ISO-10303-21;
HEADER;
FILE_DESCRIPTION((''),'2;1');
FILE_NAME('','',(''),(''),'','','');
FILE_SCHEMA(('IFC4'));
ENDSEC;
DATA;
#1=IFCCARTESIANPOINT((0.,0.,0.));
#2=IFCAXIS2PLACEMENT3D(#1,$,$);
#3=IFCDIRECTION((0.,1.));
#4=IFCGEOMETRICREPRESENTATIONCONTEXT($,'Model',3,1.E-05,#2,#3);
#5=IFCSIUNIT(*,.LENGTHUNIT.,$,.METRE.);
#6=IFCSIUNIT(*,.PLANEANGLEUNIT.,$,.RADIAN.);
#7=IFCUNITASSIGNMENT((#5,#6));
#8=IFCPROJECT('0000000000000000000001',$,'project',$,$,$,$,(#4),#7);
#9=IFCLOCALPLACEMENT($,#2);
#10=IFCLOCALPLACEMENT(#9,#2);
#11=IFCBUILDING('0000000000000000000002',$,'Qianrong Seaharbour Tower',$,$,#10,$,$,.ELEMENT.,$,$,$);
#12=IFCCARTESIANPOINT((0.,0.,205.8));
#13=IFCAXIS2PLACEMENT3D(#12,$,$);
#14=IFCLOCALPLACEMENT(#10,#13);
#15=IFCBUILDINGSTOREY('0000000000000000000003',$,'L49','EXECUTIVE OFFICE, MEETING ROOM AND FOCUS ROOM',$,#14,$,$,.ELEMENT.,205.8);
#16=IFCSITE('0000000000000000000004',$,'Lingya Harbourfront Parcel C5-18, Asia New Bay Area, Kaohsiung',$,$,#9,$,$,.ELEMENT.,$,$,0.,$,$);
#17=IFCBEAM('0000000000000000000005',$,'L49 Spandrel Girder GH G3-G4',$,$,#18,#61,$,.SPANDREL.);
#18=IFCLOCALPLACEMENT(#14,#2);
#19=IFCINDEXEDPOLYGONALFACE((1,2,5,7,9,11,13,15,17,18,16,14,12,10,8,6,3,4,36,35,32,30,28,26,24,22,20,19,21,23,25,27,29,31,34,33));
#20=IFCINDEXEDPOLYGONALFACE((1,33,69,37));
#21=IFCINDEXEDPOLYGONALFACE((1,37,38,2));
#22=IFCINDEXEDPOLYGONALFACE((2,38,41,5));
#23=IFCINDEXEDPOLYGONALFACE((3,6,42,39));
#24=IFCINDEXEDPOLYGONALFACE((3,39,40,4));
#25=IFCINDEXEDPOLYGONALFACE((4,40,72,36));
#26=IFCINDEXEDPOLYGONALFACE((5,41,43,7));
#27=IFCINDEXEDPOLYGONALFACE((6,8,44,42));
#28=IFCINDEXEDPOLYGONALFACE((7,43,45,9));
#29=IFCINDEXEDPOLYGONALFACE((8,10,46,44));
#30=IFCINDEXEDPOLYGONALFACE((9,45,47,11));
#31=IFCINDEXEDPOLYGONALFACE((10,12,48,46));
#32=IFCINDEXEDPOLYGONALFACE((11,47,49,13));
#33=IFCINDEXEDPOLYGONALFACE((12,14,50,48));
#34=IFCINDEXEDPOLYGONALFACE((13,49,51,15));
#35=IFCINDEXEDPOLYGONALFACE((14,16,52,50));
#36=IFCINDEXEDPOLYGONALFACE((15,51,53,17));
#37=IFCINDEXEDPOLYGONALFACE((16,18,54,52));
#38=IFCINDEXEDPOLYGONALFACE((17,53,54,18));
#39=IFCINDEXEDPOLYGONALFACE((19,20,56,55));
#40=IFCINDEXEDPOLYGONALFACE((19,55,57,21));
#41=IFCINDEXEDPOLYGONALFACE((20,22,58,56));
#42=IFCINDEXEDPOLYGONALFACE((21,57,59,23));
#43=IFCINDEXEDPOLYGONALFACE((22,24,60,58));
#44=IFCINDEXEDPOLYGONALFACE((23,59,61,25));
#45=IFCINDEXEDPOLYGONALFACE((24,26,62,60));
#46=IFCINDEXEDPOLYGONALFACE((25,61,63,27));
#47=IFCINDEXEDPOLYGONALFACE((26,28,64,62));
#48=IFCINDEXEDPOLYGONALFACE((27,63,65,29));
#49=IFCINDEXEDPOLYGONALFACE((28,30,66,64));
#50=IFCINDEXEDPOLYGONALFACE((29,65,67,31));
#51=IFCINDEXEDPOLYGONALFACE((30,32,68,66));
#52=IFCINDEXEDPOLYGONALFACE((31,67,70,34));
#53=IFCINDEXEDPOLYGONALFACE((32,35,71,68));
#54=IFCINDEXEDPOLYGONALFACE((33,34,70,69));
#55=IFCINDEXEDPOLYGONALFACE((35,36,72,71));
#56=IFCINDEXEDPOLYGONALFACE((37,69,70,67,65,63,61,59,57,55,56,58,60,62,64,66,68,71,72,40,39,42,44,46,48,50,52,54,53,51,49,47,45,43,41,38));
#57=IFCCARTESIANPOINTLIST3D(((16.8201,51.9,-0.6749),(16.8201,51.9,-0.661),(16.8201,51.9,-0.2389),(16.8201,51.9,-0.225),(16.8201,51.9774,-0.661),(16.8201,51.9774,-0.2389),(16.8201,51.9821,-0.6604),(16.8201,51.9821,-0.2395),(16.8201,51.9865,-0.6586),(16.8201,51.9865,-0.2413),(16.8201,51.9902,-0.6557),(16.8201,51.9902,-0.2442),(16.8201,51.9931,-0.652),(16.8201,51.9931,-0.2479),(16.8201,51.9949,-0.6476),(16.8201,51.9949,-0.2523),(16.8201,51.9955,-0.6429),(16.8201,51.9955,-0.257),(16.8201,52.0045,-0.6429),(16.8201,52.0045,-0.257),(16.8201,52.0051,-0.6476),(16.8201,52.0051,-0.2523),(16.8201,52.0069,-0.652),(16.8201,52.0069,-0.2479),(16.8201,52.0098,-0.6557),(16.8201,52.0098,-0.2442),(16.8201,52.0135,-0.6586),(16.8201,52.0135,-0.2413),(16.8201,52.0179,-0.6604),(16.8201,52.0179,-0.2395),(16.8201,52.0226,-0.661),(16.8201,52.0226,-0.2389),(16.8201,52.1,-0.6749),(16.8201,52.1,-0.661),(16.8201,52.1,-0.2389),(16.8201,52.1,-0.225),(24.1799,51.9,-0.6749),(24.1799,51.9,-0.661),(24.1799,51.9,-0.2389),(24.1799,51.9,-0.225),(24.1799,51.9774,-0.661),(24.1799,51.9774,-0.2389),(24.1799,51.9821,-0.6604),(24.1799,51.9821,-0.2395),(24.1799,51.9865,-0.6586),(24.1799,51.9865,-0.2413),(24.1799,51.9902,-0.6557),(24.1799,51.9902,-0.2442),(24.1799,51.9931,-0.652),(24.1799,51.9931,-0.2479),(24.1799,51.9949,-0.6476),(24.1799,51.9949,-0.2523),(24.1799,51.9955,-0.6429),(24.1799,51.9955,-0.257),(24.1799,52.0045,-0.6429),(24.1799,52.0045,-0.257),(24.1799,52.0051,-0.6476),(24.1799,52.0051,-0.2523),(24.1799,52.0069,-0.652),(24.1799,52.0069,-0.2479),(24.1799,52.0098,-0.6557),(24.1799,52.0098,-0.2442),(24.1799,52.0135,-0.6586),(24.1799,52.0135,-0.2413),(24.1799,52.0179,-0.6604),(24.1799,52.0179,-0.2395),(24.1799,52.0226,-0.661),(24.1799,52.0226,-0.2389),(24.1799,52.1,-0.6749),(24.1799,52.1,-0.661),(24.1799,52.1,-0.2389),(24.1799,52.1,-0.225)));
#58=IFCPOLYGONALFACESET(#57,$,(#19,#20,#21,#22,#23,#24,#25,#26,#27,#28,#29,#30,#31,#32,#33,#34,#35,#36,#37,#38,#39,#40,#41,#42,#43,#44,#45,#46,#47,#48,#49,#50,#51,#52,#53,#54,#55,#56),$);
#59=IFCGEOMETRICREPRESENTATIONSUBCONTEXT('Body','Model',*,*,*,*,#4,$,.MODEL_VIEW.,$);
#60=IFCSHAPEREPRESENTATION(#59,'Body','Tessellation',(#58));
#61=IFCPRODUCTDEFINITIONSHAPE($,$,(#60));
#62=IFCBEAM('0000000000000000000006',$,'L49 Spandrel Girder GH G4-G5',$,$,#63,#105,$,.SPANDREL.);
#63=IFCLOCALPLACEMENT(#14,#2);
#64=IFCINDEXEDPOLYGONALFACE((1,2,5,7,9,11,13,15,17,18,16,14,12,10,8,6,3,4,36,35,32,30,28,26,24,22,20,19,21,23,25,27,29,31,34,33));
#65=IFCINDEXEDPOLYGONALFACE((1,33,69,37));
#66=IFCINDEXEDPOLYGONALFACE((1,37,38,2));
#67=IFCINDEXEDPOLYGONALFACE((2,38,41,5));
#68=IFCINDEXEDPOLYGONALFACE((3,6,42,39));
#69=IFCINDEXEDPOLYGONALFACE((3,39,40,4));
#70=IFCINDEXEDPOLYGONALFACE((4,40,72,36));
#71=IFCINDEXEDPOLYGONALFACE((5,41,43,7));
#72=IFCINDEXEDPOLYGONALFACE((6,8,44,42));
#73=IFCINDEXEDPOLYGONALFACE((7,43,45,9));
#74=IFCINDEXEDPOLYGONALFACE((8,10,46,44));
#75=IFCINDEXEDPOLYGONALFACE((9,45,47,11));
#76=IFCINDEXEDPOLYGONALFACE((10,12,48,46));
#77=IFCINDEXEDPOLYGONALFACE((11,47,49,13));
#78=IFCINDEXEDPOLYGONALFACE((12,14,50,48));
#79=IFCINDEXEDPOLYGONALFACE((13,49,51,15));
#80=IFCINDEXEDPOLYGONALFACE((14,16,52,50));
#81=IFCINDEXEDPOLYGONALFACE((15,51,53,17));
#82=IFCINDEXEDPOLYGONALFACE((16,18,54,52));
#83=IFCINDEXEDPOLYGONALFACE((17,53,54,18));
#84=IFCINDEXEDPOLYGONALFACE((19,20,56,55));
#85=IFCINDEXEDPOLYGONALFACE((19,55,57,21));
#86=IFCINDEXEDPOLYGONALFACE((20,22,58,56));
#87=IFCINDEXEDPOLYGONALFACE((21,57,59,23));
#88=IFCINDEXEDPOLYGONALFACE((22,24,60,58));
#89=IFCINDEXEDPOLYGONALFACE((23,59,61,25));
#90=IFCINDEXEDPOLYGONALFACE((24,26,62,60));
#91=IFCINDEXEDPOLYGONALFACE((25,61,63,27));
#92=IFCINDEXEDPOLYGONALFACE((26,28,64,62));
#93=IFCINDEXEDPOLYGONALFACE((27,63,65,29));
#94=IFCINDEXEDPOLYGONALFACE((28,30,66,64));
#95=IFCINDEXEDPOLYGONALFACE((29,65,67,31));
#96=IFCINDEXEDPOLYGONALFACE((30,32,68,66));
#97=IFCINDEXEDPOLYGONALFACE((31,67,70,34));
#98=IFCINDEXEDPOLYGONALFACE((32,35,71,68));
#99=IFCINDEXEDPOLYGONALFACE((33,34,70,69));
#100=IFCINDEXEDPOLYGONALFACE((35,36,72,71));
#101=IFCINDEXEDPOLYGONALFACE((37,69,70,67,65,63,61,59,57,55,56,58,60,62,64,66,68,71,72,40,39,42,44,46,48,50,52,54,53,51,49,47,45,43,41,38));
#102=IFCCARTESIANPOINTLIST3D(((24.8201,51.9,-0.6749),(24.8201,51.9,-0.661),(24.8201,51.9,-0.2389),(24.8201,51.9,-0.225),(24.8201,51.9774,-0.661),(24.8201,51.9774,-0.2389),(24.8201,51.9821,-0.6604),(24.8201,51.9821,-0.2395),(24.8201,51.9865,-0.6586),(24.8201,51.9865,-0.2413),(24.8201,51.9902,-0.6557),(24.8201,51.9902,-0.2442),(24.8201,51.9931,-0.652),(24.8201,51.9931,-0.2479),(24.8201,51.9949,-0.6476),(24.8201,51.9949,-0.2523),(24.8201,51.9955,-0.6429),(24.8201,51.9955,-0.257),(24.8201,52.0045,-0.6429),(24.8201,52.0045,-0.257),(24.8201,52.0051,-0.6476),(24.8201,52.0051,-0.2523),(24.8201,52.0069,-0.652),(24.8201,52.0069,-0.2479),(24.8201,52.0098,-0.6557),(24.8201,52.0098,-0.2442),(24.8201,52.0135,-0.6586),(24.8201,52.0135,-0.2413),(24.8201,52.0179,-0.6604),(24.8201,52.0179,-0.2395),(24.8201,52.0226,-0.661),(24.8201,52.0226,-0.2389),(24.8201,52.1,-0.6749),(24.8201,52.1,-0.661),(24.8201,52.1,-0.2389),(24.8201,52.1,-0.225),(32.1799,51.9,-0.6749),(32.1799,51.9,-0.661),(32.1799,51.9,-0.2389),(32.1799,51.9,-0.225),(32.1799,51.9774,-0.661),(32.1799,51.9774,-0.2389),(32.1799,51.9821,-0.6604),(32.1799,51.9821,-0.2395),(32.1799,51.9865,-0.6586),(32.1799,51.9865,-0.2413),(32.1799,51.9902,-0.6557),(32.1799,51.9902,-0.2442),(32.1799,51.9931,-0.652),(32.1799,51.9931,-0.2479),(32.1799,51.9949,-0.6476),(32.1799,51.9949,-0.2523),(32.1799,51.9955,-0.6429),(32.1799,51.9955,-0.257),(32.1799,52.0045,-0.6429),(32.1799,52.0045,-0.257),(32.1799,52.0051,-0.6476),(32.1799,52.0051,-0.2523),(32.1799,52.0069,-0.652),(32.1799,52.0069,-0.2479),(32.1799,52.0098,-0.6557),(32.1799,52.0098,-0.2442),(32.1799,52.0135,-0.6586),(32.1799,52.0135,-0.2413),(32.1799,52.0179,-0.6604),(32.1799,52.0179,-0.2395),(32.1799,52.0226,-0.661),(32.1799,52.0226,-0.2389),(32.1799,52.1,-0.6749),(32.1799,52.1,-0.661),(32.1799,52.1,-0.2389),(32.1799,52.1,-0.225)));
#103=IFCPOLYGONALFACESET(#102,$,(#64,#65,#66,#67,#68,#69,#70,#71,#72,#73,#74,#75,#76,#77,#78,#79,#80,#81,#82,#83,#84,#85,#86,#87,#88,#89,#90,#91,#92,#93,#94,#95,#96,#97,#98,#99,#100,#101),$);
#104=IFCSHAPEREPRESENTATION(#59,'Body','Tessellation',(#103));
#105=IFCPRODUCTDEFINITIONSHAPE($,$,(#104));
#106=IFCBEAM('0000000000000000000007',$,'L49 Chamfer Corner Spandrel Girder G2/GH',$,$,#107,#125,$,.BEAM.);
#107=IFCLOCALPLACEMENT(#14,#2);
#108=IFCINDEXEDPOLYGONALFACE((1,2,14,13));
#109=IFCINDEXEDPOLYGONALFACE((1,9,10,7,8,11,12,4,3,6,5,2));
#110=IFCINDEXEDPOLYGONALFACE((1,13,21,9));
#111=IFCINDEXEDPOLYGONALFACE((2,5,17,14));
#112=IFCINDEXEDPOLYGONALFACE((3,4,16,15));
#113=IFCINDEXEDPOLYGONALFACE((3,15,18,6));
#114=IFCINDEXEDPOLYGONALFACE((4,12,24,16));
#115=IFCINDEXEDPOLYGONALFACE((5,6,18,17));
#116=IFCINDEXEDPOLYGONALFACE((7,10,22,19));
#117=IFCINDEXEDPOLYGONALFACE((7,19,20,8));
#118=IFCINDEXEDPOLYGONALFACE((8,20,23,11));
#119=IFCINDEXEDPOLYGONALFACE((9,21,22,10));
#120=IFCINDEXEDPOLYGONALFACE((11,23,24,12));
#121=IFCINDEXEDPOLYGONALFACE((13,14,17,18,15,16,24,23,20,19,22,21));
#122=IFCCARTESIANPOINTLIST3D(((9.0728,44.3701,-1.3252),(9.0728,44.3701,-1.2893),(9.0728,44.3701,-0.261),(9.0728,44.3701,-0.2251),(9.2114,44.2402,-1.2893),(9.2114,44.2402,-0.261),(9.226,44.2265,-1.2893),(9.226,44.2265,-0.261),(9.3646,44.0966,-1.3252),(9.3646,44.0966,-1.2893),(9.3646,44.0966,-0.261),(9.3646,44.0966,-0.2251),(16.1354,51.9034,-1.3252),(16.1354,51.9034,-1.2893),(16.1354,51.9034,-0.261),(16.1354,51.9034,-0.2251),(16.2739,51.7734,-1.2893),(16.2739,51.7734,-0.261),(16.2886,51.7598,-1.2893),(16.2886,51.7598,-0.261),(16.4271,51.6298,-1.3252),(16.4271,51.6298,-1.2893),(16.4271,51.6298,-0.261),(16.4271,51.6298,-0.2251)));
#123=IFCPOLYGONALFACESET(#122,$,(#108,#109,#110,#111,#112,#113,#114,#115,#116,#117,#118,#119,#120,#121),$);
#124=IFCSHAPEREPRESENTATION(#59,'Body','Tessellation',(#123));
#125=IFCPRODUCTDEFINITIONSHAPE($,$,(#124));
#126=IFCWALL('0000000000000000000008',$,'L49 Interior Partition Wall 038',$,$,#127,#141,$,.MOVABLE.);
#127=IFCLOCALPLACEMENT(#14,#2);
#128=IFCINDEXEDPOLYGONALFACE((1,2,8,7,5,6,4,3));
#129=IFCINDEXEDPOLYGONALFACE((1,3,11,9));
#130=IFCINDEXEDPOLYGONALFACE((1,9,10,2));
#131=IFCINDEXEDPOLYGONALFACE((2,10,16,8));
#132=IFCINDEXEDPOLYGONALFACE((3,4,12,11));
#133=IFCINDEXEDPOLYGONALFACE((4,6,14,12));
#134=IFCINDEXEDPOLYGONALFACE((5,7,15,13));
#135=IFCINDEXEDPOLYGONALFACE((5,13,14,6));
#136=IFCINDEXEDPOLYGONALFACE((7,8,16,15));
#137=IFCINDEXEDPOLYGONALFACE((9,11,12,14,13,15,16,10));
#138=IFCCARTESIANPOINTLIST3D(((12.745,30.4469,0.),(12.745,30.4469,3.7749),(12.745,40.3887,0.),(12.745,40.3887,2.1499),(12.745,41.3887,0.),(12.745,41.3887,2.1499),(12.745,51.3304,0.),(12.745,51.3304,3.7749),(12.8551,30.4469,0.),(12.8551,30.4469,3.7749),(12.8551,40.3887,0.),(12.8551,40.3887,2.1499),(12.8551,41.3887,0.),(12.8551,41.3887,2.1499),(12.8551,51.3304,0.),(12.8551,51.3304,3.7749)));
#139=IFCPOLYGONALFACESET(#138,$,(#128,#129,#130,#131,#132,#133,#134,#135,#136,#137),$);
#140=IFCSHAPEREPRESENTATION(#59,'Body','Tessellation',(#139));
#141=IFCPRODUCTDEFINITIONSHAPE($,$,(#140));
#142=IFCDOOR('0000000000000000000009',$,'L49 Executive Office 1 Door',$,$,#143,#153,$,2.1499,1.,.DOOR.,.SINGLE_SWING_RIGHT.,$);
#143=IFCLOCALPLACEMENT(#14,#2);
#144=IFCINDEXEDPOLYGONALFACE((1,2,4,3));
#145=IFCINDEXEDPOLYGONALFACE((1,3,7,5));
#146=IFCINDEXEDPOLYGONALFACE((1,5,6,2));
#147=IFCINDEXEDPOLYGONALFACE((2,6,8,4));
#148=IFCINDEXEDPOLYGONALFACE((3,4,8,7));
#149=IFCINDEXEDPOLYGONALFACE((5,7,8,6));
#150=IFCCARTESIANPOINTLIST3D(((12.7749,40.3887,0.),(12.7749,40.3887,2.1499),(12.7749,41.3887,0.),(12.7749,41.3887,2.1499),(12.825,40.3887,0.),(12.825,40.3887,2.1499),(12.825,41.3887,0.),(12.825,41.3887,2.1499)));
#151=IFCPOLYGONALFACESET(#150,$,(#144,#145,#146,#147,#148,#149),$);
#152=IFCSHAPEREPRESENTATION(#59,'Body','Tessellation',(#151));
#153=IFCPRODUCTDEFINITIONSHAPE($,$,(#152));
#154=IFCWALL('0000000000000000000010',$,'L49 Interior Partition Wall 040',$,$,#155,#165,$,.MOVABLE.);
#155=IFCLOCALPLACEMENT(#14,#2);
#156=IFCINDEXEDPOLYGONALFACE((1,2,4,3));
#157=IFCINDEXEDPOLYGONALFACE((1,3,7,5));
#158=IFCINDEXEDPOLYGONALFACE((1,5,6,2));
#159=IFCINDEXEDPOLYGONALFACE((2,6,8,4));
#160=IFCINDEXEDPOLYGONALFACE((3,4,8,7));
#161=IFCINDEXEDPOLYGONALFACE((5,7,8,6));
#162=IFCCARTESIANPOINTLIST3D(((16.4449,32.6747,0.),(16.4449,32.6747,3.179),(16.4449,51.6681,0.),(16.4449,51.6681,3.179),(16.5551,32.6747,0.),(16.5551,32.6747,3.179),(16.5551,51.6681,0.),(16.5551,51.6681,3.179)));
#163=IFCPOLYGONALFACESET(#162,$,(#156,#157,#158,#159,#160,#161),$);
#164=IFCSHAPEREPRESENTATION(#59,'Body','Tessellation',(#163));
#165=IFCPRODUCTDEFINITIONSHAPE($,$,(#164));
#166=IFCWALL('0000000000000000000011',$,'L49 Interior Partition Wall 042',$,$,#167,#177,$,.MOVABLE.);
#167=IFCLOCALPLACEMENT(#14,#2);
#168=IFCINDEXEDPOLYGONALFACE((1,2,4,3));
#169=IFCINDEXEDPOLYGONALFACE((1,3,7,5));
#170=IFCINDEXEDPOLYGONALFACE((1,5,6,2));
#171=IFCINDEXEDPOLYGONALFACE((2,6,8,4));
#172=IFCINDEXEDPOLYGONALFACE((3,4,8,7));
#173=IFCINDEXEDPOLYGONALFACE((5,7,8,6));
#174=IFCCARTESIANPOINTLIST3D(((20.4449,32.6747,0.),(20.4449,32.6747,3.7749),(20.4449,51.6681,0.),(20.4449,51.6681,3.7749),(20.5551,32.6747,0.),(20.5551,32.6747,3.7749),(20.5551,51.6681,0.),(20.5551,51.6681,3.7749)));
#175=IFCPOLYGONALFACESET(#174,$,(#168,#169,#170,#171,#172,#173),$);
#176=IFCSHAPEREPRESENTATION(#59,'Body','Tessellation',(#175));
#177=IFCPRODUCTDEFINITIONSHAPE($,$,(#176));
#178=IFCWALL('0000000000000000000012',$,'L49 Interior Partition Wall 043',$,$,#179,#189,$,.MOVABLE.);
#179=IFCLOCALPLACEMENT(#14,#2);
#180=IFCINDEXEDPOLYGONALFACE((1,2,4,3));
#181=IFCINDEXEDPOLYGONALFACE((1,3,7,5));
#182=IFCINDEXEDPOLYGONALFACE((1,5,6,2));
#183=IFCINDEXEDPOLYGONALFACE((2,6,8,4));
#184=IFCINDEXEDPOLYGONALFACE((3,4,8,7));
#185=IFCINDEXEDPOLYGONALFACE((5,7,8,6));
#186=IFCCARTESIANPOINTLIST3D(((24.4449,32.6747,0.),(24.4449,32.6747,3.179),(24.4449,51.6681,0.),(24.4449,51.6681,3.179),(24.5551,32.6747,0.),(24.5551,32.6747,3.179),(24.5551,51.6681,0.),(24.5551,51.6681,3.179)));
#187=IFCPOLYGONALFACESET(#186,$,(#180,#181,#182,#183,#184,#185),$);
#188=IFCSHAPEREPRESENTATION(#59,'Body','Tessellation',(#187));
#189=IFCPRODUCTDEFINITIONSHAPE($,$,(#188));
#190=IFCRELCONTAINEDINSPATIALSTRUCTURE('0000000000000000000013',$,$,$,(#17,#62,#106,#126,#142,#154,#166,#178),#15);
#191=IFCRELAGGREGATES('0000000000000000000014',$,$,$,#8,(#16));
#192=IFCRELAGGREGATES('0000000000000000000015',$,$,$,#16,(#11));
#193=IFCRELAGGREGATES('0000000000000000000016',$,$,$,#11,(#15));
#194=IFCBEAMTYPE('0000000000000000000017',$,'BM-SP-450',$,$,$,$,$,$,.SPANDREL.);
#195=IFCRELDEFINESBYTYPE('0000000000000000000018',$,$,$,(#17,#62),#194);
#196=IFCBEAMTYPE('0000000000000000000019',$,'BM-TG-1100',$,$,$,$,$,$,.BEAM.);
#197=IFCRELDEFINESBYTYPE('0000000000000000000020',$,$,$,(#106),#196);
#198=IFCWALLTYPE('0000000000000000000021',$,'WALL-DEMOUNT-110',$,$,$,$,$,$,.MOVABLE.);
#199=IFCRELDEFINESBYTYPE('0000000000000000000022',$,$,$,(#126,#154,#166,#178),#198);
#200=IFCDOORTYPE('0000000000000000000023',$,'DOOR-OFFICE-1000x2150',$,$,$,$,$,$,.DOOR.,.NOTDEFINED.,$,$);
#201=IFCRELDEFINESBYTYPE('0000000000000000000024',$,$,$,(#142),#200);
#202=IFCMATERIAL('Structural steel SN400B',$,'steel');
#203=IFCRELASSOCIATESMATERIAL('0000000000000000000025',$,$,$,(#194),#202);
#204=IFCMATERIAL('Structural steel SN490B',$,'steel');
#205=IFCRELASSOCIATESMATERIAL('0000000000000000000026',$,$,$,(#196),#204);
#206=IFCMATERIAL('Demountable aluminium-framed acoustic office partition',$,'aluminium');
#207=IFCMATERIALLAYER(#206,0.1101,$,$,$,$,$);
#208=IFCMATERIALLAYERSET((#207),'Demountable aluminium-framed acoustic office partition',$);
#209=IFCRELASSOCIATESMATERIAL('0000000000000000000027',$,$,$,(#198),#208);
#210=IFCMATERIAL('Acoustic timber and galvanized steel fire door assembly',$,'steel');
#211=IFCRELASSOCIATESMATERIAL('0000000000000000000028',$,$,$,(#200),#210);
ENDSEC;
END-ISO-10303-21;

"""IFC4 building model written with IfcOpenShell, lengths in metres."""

from ifc_helpers import new_model, si_unit, direction, frame, frame_2d, origin, origin_2d, place, context, subcontext, project, spatial, rectangle, i_section, extrude, material, layer, layer_set, material_profile, profile_set, type_object, element, fill, save


model = new_model("IFC4")

# Units and contexts
model_context = context("Model", 3, precision=1e-05, world=origin(), true_north=direction((0.0, 1.0)))
body_context = subcontext(model_context, "Body", "Model", "MODEL_VIEW")
ifc_project = project(units=[si_unit("LENGTHUNIT", "METRE"), si_unit("PLANEANGLEUNIT", "RADIAN")], contexts=[model_context])

# Site, building, storey
site_placement = place(None, origin())
site = spatial("IfcSite", under=ifc_project, at=site_placement, Name="Lingya Harbourfront Parcel C5-18, Asia New Bay Area, Kaohsiung", CompositionType="ELEMENT", RefElevation=0.0)
building_placement = place(site_placement, origin())
building = spatial("IfcBuilding", under=site, at=building_placement, Name="Qianrong Seaharbour Tower", CompositionType="ELEMENT")
storey_placement = place(building_placement, frame((0.0, 0.0, 205.8)))
storey = spatial("IfcBuildingStorey", under=building, at=storey_placement, Name="L49", Description="EXECUTIVE OFFICE, MEETING ROOM AND FOCUS ROOM", CompositionType="ELEMENT", Elevation=205.8)

# Shared definitions
ifc_material_1 = material(Name="Structural steel SN490B", Category="steel")

# Beams
ifc_material_2 = material(Name="Structural steel SN400B", Category="steel")
ifc_material_profile_1 = material_profile(ifc_material_2, i_section(OverallWidth=0.2, OverallDepth=0.45, WebThickness=0.009, FlangeThickness=0.0139, FilletRadius=0.0181, at=origin_2d()), Name="H450x200x9x14")
ifc_profile_set_1 = profile_set([ifc_material_profile_1], Name="Structural steel SN400B")
beam_type_1 = type_object("IfcBeamType", Name="BM-SP-450", PredefinedType="SPANDREL", material=ifc_profile_set_1)
for number, where, z_axis, x_axis, name in (
    (1, (16.8201, 52.0, -0.45), (1.0, 0.0, 0.0), (0.0, 1.0, 0.0), "L49 Spandrel Girder GH G3-G4"),
    (2, (24.8201, 52.0, -0.45), (1.0, 0.0, 0.0), (0.0, 1.0, 0.0), "L49 Spandrel Girder GH G4-G5"),
):
    element("IfcBeam", number, at=place(storey_placement, frame(where, z_axis=z_axis, x_axis=x_axis)), inside=storey, type_object=beam_type_1, Name=name, PredefinedType="SPANDREL", context=body_context, shape_type="SweptSolid", body=[
        extrude(i_section(OverallWidth=0.2, OverallDepth=0.45, WebThickness=0.009, FlangeThickness=0.0139, FilletRadius=0.0181, at=origin_2d()), origin(), (0.0, 0.0, 1.0), 7.3599),
    ])
ifc_material_profile_2 = material_profile(ifc_material_1, i_section(OverallWidth=0.3999, OverallDepth=1.1001, WebThickness=0.02, FlangeThickness=0.0359, at=origin_2d()), Name="BH1100x400x20x36")
ifc_profile_set_2 = profile_set([ifc_material_profile_2], Name="Structural steel SN490B")
beam_type_2 = type_object("IfcBeamType", Name="BM-TG-1100", PredefinedType="BEAM", material=ifc_profile_set_2)
beam_1_placement = place(storey_placement, frame((16.2812, 51.7666, -0.7751), z_axis=(-0.683947, -0.729531, 0.0), x_axis=(0.729531, -0.683947, 0.0)))
element("IfcBeam", 3, at=beam_1_placement, inside=storey, type_object=beam_type_2, Name="L49 Chamfer Corner Spandrel Girder G2/GH", PredefinedType="BEAM", context=body_context, shape_type="SweptSolid", body=[
    extrude(i_section(OverallWidth=0.3999, OverallDepth=1.1001, WebThickness=0.02, FlangeThickness=0.0359, at=origin_2d()), origin(), (0.0, 0.0, 1.0), 10.3262),
])

# Wall, opening, door
ifc_material_3 = material(Name="Demountable aluminium-framed acoustic office partition", Category="aluminium")
ifc_layer_1 = layer(ifc_material_3, 0.1101)
ifc_layer_set_1 = layer_set([ifc_layer_1], Name="Demountable aluminium-framed acoustic office partition")
wall_type_1 = type_object("IfcWallType", Name="WALL-DEMOUNT-110", PredefinedType="MOVABLE", material=ifc_layer_set_1)
wall_1_placement = place(storey_placement, frame((12.8, 51.3306, 0.0), z_axis=(0.0, 0.0, 1.0), x_axis=(0.0, -1.0, 0.0)))
wall_1 = element("IfcWall", 4, at=wall_1_placement, inside=storey, type_object=wall_type_1, Name="L49 Interior Partition Wall 038", PredefinedType="MOVABLE", context=body_context, shape_type="SweptSolid", body=[
    extrude(rectangle(XDim=20.8835, YDim=0.1101, at=frame_2d((10.4419, 0.0))), origin(), (0.0, 0.0, 1.0), 3.7749),
])
opening_1_placement = place(wall_1_placement, frame((9.9419, 0.0, 0.0)))
opening_1 = element("IfcOpeningElement", 5, at=opening_1_placement, cuts=wall_1, PredefinedType="OPENING", context=body_context, shape_type="SweptSolid", body=[
    extrude(rectangle(XDim=1.0, YDim=2.1499, at=frame_2d((0.5, 1.075))), frame((0.0, 0.0649, 0.0), z_axis=(0.0, -1.0, 0.0), x_axis=(1.0, 0.0, 0.0)), (0.0, 0.0, 1.0), 0.1301),
])
ifc_material_4 = material(Name="Acoustic timber and galvanized steel fire door assembly", Category="steel")
door_type = type_object("IfcDoorType", Name="DOOR-OFFICE-1000x2150", OperationType="NOTDEFINED", PredefinedType="DOOR", material=ifc_material_4)
door_placement = place(opening_1_placement, origin())
door = element("IfcDoor", 6, at=door_placement, inside=storey, type_object=door_type, Name="L49 Executive Office 1 Door", OperationType="SINGLE_SWING_RIGHT", OverallHeight=2.1499, OverallWidth=1.0, PredefinedType="DOOR", context=body_context, shape_type="SweptSolid", body=[
    extrude(rectangle(XDim=1.0, YDim=2.1499, at=frame_2d((0.5, 1.075))), frame((0.0, 0.0249, 0.0), z_axis=(0.0, -1.0, 0.0), x_axis=(1.0, 0.0, 0.0)), (0.0, 0.0, 1.0), 0.05),
])
fill(opening_1, door)

# Walls
wall_2_placement = place(storey_placement, frame((16.5, 51.668, 0.0), z_axis=(0.0, 0.0, 1.0), x_axis=(0.0, -1.0, 0.0)))
element("IfcWall", 7, at=wall_2_placement, inside=storey, type_object=wall_type_1, Name="L49 Interior Partition Wall 040", PredefinedType="MOVABLE", context=body_context, shape_type="SweptSolid", body=[
    extrude(rectangle(XDim=18.9934, YDim=0.1101, at=frame_2d((9.4966, 0.0))), origin(), (0.0, 0.0, 1.0), 3.179),
])
wall_3_placement = place(storey_placement, frame((20.5, 51.668, 0.0), z_axis=(0.0, 0.0, 1.0), x_axis=(0.0, -1.0, 0.0)))
element("IfcWall", 8, at=wall_3_placement, inside=storey, type_object=wall_type_1, Name="L49 Interior Partition Wall 042", PredefinedType="MOVABLE", context=body_context, shape_type="SweptSolid", body=[
    extrude(rectangle(XDim=18.9934, YDim=0.1101, at=frame_2d((9.4966, 0.0))), origin(), (0.0, 0.0, 1.0), 3.7749),
])
wall_4_placement = place(storey_placement, frame((24.5, 51.668, 0.0), z_axis=(0.0, 0.0, 1.0), x_axis=(0.0, -1.0, 0.0)))
element("IfcWall", 9, at=wall_4_placement, inside=storey, type_object=wall_type_1, Name="L49 Interior Partition Wall 043", PredefinedType="MOVABLE", context=body_context, shape_type="SweptSolid", body=[
    extrude(rectangle(XDim=18.9934, YDim=0.1101, at=frame_2d((9.4966, 0.0))), origin(), (0.0, 0.0, 1.0), 3.179),
])

save(model, "model.ifc")
